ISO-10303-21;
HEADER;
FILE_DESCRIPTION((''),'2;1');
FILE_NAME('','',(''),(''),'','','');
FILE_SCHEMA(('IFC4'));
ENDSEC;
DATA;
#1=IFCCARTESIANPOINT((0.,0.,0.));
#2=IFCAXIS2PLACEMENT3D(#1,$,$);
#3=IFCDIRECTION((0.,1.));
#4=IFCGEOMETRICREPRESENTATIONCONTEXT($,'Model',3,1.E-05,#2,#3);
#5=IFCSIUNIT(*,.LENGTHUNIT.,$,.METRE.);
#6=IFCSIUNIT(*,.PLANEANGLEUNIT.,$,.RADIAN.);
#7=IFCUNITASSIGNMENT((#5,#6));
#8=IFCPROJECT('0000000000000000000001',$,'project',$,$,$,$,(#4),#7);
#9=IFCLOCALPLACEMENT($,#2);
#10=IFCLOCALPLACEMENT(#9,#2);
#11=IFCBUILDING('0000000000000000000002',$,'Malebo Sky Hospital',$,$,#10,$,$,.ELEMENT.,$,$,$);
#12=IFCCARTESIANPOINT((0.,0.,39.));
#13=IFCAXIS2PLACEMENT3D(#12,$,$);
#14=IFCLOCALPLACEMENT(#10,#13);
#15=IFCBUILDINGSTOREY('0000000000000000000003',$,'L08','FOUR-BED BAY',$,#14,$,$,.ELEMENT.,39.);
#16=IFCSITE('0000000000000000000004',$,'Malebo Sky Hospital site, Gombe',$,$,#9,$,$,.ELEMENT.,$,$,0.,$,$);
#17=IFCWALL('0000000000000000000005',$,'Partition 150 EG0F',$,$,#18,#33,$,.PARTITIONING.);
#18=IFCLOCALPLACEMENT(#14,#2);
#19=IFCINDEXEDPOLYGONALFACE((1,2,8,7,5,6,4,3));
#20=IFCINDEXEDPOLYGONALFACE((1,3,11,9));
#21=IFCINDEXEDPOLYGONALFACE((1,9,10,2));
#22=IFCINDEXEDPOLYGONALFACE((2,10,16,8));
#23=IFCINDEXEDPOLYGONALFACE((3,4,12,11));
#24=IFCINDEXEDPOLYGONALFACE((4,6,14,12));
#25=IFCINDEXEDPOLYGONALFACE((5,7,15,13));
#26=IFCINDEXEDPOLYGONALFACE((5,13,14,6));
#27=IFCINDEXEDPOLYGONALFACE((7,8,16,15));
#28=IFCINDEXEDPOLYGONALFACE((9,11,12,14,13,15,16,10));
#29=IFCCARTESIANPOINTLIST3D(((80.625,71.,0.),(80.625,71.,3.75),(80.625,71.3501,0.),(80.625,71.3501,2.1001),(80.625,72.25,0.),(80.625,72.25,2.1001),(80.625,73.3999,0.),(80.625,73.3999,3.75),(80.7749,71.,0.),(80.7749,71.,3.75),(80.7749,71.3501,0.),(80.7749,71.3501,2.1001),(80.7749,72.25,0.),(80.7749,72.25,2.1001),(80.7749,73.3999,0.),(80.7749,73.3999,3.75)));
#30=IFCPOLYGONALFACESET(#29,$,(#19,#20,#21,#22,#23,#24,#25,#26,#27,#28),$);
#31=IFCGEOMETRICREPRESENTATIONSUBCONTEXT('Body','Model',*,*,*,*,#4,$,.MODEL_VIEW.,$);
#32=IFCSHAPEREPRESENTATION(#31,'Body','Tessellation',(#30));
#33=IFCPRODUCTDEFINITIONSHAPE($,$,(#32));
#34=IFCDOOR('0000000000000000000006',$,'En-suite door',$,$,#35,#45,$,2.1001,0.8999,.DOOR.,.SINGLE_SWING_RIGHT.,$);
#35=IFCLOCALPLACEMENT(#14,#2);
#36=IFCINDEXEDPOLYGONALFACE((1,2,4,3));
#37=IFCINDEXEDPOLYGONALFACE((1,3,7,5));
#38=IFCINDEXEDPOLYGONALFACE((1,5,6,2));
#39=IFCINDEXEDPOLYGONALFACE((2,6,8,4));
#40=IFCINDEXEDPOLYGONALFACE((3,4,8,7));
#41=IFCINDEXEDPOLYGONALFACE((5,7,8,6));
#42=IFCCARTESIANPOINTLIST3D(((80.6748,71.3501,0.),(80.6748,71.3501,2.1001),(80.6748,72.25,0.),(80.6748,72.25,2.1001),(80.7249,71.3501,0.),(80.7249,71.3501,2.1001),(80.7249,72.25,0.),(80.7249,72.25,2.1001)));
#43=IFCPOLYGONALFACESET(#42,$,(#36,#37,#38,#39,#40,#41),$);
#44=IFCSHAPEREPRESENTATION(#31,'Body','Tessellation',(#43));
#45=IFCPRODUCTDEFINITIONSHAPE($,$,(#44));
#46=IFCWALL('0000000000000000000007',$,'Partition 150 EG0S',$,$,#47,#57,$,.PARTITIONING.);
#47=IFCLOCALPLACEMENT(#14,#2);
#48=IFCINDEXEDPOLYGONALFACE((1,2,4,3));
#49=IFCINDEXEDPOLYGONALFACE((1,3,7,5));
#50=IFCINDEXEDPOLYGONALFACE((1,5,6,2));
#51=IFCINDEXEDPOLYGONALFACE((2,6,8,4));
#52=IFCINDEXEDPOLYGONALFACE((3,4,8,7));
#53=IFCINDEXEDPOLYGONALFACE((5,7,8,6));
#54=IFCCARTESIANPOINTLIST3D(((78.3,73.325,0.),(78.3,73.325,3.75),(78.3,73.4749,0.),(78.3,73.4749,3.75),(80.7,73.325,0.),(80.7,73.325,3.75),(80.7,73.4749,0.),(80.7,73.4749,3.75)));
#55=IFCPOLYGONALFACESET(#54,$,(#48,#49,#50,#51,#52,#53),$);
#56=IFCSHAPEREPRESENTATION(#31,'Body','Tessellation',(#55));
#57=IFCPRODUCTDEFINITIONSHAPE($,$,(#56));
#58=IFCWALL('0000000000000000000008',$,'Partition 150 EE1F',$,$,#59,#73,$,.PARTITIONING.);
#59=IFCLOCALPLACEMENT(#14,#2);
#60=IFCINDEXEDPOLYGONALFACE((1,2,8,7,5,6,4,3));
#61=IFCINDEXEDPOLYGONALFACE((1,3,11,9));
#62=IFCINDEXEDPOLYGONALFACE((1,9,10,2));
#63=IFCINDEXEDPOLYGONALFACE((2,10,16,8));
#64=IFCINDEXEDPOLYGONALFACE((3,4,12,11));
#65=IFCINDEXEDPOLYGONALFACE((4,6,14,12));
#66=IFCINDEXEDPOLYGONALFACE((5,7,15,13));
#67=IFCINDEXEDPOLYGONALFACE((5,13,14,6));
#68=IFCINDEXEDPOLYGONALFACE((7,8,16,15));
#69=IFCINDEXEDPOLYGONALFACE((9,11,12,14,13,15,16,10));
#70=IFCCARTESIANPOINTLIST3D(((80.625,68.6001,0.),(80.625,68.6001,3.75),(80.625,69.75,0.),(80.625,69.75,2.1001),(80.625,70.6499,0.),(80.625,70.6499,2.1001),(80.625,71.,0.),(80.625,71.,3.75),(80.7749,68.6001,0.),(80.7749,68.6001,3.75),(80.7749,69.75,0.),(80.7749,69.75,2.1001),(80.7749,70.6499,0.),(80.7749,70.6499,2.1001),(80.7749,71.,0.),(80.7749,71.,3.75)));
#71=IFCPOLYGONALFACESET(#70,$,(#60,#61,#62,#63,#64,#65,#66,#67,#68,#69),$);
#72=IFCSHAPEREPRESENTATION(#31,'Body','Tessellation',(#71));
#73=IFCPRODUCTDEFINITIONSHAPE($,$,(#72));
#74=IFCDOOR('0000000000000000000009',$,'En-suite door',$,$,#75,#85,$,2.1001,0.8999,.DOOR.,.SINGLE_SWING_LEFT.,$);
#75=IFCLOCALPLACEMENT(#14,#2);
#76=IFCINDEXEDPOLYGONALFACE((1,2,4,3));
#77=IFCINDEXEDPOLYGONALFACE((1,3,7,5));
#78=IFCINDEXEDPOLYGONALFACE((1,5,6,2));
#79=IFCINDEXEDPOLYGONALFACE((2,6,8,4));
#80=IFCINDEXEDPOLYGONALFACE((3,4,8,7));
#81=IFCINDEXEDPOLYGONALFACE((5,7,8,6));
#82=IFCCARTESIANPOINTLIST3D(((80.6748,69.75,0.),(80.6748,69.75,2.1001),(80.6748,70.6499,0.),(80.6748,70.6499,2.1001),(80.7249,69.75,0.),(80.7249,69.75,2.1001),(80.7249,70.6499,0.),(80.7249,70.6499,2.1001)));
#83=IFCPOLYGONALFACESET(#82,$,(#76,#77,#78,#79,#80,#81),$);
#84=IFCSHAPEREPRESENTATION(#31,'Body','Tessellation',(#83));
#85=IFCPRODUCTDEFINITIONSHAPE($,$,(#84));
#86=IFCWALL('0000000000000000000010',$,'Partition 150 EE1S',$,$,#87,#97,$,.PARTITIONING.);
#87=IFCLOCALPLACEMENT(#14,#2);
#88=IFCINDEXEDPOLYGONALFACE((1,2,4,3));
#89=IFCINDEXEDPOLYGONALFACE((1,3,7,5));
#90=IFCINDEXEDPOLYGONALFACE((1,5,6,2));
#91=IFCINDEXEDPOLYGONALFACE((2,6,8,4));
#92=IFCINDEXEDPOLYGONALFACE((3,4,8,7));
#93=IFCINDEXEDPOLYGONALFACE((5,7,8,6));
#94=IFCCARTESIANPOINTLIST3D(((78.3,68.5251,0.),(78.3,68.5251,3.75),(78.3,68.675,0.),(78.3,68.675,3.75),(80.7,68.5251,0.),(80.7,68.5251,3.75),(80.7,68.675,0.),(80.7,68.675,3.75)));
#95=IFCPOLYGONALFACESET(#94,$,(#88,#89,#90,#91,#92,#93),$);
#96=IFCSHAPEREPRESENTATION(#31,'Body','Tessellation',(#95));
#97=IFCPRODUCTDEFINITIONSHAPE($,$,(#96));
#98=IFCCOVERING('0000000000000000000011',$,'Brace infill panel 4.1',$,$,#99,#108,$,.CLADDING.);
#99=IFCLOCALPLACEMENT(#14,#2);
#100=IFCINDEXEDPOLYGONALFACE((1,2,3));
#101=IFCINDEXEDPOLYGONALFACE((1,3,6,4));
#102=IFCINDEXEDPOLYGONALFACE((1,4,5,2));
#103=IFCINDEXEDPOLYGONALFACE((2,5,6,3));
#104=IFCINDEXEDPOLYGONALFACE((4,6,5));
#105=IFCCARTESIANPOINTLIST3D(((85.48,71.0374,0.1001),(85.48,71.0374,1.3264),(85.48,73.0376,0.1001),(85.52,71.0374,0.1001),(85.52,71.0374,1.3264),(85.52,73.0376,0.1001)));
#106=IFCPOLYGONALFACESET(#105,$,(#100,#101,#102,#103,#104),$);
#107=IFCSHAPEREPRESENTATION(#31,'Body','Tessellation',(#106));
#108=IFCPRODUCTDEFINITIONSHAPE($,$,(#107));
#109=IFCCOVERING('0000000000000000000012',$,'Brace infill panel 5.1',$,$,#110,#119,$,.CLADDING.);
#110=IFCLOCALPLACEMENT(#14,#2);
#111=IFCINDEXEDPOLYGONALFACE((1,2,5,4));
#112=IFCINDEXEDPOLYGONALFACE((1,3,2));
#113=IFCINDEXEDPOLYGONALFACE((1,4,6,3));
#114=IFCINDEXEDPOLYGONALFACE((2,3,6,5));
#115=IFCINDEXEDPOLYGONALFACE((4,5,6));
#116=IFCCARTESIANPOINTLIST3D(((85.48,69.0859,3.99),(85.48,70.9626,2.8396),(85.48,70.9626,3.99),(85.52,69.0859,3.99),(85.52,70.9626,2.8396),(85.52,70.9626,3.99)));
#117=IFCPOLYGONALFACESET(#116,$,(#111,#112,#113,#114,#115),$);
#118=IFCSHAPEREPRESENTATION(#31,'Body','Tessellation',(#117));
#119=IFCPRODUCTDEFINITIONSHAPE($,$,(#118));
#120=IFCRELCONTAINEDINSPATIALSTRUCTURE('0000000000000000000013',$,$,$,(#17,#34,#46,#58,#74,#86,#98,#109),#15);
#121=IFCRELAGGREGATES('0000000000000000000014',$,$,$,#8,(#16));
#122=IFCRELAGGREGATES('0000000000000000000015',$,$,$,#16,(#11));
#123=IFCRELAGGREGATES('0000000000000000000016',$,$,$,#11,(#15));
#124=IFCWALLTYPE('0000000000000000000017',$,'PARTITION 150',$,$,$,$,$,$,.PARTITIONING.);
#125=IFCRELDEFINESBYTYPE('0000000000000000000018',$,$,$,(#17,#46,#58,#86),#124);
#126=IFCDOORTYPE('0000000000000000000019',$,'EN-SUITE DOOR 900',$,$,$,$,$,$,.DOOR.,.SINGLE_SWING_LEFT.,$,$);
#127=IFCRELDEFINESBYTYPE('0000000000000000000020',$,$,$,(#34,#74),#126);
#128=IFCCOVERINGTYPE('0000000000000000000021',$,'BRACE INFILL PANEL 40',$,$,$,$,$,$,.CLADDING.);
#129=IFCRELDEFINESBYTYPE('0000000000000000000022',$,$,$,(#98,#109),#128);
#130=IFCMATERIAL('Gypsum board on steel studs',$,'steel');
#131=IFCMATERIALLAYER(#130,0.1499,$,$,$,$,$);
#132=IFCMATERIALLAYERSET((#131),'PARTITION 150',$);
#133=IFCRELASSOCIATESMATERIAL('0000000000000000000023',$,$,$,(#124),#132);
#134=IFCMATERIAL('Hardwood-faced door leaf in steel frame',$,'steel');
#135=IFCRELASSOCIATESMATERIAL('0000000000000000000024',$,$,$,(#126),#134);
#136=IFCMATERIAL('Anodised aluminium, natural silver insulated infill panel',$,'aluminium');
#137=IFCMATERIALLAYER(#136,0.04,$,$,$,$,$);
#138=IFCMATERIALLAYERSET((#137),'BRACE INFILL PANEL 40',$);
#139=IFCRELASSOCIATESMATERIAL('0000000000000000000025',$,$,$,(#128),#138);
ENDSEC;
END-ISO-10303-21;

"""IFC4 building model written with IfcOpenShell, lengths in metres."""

from ifc_helpers import new_model, si_unit, direction, frame, frame_2d, origin, place, context, subcontext, project, spatial, polyline, rectangle, outline, extrude, material, layer, layer_set, type_object, element, fill, save


model = new_model("IFC4")

# Units and contexts
model_context = context("Model", 3, precision=1e-05, world=origin(), true_north=direction((0.0, 1.0)))
body_context = subcontext(model_context, "Body", "Model", "MODEL_VIEW")
ifc_project = project(units=[si_unit("LENGTHUNIT", "METRE"), si_unit("PLANEANGLEUNIT", "RADIAN")], contexts=[model_context])

# Site, building, storey
site_placement = place(None, origin())
site = spatial("IfcSite", under=ifc_project, at=site_placement, Name="Malebo Sky Hospital site, Gombe", CompositionType="ELEMENT", RefElevation=0.0)
building_placement = place(site_placement, origin())
building = spatial("IfcBuilding", under=site, at=building_placement, Name="Malebo Sky Hospital", CompositionType="ELEMENT")
storey_placement = place(building_placement, frame((0.0, 0.0, 39.0)))
storey = spatial("IfcBuildingStorey", under=building, at=storey_placement, Name="L08", Description="FOUR-BED BAY", CompositionType="ELEMENT", Elevation=39.0)

# Shared definitions
ifc_material_1 = material(Name="Gypsum board on steel studs", Category="steel")
ifc_layer_1 = layer(ifc_material_1, 0.1499)
ifc_layer_set_1 = layer_set([ifc_layer_1], Name="PARTITION 150")
wall_type = type_object("IfcWallType", Name="PARTITION 150", PredefinedType="PARTITIONING", material=ifc_layer_set_1)

# Wall, opening, door
wall_1_placement = place(storey_placement, frame((80.7, 73.3999, 0.0), z_axis=(0.0, 0.0, 1.0), x_axis=(0.0, -1.0, 0.0)))
wall_1 = element("IfcWall", 1, at=wall_1_placement, inside=storey, type_object=wall_type, Name="Partition 150 EG0F", PredefinedType="PARTITIONING", context=body_context, shape_type="SweptSolid", body=[
    extrude(rectangle(XDim=2.3999, YDim=0.1499, at=frame_2d((1.2, 0.0))), origin(), (0.0, 0.0, 1.0), 3.75),
])
opening_1_placement = place(wall_1_placement, frame((1.1499, 0.0, 0.0)))
opening_1 = element("IfcOpeningElement", 2, at=opening_1_placement, cuts=wall_1, PredefinedType="OPENING", context=body_context, shape_type="SweptSolid", body=[
    extrude(rectangle(XDim=0.8999, YDim=2.1001, at=frame_2d((0.45, 1.05))), frame((0.0, 0.085, 0.0), z_axis=(0.0, -1.0, 0.0), x_axis=(1.0, 0.0, 0.0)), (0.0, 0.0, 1.0), 0.1699),
])
ifc_material_2 = material(Name="Hardwood-faced door leaf in steel frame", Category="steel")
door_type = type_object("IfcDoorType", Name="EN-SUITE DOOR 900", OperationType="SINGLE_SWING_LEFT", PredefinedType="DOOR", material=ifc_material_2)
door_1_placement = place(opening_1_placement, origin())
door_1 = element("IfcDoor", 3, at=door_1_placement, inside=storey, type_object=door_type, Name="En-suite door", OperationType="SINGLE_SWING_RIGHT", OverallHeight=2.1001, OverallWidth=0.8999, PredefinedType="DOOR", context=body_context, shape_type="SweptSolid", body=[
    extrude(rectangle(XDim=0.8999, YDim=2.1001, at=frame_2d((0.45, 1.05))), frame((0.0, 0.0249, 0.0), z_axis=(0.0, -1.0, 0.0), x_axis=(1.0, 0.0, 0.0)), (0.0, 0.0, 1.0), 0.05),
])
fill(opening_1, door_1)

# Wall
wall_2_placement = place(storey_placement, frame((78.3, 73.3999, 0.0), z_axis=(0.0, 0.0, 1.0), x_axis=(1.0, 0.0, 0.0)))
element("IfcWall", 4, at=wall_2_placement, inside=storey, type_object=wall_type, Name="Partition 150 EG0S", PredefinedType="PARTITIONING", context=body_context, shape_type="SweptSolid", body=[
    extrude(rectangle(XDim=2.3999, YDim=0.1499, at=frame_2d((1.2, 0.0))), origin(), (0.0, 0.0, 1.0), 3.75),
])

# Wall, opening, door
wall_3_placement = place(storey_placement, frame((80.7, 71.0, 0.0), z_axis=(0.0, 0.0, 1.0), x_axis=(0.0, -1.0, 0.0)))
wall_3 = element("IfcWall", 5, at=wall_3_placement, inside=storey, type_object=wall_type, Name="Partition 150 EE1F", PredefinedType="PARTITIONING", context=body_context, shape_type="SweptSolid", body=[
    extrude(rectangle(XDim=2.3999, YDim=0.1499, at=frame_2d((1.2, 0.0))), origin(), (0.0, 0.0, 1.0), 3.75),
])
opening_2_placement = place(wall_3_placement, frame((0.3501, 0.0, 0.0)))
opening_2 = element("IfcOpeningElement", 6, at=opening_2_placement, cuts=wall_3, PredefinedType="OPENING", context=body_context, shape_type="SweptSolid", body=[
    extrude(rectangle(XDim=0.8999, YDim=2.1001, at=frame_2d((0.45, 1.05))), frame((0.0, 0.085, 0.0), z_axis=(0.0, -1.0, 0.0), x_axis=(1.0, 0.0, 0.0)), (0.0, 0.0, 1.0), 0.1699),
])
door_2_placement = place(opening_2_placement, origin())
door_2 = element("IfcDoor", 7, at=door_2_placement, inside=storey, type_object=door_type, Name="En-suite door", OperationType="SINGLE_SWING_LEFT", OverallHeight=2.1001, OverallWidth=0.8999, PredefinedType="DOOR", context=body_context, shape_type="SweptSolid", body=[
    extrude(rectangle(XDim=0.8999, YDim=2.1001, at=frame_2d((0.45, 1.05))), frame((0.0, 0.0249, 0.0), z_axis=(0.0, -1.0, 0.0), x_axis=(1.0, 0.0, 0.0)), (0.0, 0.0, 1.0), 0.05),
])
fill(opening_2, door_2)

# Wall
wall_4_placement = place(storey_placement, frame((78.3, 68.6001, 0.0), z_axis=(0.0, 0.0, 1.0), x_axis=(1.0, 0.0, 0.0)))
element("IfcWall", 8, at=wall_4_placement, inside=storey, type_object=wall_type, Name="Partition 150 EE1S", PredefinedType="PARTITIONING", context=body_context, shape_type="SweptSolid", body=[
    extrude(rectangle(XDim=2.3999, YDim=0.1499, at=frame_2d((1.2, 0.0))), origin(), (0.0, 0.0, 1.0), 3.75),
])

# Coverings
ifc_material_3 = material(Name="Anodised aluminium, natural silver insulated infill panel", Category="aluminium")
ifc_layer_2 = layer(ifc_material_3, 0.04)
ifc_layer_set_2 = layer_set([ifc_layer_2], Name="BRACE INFILL PANEL 40")
covering_type = type_object("IfcCoveringType", Name="BRACE INFILL PANEL 40", PredefinedType="CLADDING", material=ifc_layer_set_2)
covering_1_placement = place(storey_placement, frame((85.5, 72.0376, 0.1001), z_axis=(0.0, 0.0, 1.0), x_axis=(0.0, -1.0, 0.0)))
element("IfcCovering", 9, at=covering_1_placement, inside=storey, type_object=covering_type, Name="Brace infill panel 4.1", PredefinedType="CLADDING", context=body_context, shape_type="SweptSolid", body=[
    extrude(outline(polyline([(-1.0, 0.0), (1.0002, 0.0), (1.0002, 1.2263), (-1.0, 0.0)])), frame((0.0, 0.02, 0.0), z_axis=(0.0, -1.0, 0.0), x_axis=(1.0, 0.0, 0.0)), (0.0, 0.0, 1.0), 0.04),
])
covering_2_placement = place(storey_placement, frame((85.5, 70.0242, 2.8396), z_axis=(0.0, 0.0, 1.0), x_axis=(0.0, -1.0, 0.0)))
element("IfcCovering", 10, at=covering_2_placement, inside=storey, type_object=covering_type, Name="Brace infill panel 5.1", PredefinedType="CLADDING", context=body_context, shape_type="SweptSolid", body=[
    extrude(outline(polyline([(-0.9385, 0.0), (0.9382, 1.1504), (-0.9385, 1.1504), (-0.9385, 0.0)])), frame((0.0, 0.02, 0.0), z_axis=(0.0, -1.0, 0.0), x_axis=(1.0, 0.0, 0.0)), (0.0, 0.0, 1.0), 0.04),
])

save(model, "model.ifc")
